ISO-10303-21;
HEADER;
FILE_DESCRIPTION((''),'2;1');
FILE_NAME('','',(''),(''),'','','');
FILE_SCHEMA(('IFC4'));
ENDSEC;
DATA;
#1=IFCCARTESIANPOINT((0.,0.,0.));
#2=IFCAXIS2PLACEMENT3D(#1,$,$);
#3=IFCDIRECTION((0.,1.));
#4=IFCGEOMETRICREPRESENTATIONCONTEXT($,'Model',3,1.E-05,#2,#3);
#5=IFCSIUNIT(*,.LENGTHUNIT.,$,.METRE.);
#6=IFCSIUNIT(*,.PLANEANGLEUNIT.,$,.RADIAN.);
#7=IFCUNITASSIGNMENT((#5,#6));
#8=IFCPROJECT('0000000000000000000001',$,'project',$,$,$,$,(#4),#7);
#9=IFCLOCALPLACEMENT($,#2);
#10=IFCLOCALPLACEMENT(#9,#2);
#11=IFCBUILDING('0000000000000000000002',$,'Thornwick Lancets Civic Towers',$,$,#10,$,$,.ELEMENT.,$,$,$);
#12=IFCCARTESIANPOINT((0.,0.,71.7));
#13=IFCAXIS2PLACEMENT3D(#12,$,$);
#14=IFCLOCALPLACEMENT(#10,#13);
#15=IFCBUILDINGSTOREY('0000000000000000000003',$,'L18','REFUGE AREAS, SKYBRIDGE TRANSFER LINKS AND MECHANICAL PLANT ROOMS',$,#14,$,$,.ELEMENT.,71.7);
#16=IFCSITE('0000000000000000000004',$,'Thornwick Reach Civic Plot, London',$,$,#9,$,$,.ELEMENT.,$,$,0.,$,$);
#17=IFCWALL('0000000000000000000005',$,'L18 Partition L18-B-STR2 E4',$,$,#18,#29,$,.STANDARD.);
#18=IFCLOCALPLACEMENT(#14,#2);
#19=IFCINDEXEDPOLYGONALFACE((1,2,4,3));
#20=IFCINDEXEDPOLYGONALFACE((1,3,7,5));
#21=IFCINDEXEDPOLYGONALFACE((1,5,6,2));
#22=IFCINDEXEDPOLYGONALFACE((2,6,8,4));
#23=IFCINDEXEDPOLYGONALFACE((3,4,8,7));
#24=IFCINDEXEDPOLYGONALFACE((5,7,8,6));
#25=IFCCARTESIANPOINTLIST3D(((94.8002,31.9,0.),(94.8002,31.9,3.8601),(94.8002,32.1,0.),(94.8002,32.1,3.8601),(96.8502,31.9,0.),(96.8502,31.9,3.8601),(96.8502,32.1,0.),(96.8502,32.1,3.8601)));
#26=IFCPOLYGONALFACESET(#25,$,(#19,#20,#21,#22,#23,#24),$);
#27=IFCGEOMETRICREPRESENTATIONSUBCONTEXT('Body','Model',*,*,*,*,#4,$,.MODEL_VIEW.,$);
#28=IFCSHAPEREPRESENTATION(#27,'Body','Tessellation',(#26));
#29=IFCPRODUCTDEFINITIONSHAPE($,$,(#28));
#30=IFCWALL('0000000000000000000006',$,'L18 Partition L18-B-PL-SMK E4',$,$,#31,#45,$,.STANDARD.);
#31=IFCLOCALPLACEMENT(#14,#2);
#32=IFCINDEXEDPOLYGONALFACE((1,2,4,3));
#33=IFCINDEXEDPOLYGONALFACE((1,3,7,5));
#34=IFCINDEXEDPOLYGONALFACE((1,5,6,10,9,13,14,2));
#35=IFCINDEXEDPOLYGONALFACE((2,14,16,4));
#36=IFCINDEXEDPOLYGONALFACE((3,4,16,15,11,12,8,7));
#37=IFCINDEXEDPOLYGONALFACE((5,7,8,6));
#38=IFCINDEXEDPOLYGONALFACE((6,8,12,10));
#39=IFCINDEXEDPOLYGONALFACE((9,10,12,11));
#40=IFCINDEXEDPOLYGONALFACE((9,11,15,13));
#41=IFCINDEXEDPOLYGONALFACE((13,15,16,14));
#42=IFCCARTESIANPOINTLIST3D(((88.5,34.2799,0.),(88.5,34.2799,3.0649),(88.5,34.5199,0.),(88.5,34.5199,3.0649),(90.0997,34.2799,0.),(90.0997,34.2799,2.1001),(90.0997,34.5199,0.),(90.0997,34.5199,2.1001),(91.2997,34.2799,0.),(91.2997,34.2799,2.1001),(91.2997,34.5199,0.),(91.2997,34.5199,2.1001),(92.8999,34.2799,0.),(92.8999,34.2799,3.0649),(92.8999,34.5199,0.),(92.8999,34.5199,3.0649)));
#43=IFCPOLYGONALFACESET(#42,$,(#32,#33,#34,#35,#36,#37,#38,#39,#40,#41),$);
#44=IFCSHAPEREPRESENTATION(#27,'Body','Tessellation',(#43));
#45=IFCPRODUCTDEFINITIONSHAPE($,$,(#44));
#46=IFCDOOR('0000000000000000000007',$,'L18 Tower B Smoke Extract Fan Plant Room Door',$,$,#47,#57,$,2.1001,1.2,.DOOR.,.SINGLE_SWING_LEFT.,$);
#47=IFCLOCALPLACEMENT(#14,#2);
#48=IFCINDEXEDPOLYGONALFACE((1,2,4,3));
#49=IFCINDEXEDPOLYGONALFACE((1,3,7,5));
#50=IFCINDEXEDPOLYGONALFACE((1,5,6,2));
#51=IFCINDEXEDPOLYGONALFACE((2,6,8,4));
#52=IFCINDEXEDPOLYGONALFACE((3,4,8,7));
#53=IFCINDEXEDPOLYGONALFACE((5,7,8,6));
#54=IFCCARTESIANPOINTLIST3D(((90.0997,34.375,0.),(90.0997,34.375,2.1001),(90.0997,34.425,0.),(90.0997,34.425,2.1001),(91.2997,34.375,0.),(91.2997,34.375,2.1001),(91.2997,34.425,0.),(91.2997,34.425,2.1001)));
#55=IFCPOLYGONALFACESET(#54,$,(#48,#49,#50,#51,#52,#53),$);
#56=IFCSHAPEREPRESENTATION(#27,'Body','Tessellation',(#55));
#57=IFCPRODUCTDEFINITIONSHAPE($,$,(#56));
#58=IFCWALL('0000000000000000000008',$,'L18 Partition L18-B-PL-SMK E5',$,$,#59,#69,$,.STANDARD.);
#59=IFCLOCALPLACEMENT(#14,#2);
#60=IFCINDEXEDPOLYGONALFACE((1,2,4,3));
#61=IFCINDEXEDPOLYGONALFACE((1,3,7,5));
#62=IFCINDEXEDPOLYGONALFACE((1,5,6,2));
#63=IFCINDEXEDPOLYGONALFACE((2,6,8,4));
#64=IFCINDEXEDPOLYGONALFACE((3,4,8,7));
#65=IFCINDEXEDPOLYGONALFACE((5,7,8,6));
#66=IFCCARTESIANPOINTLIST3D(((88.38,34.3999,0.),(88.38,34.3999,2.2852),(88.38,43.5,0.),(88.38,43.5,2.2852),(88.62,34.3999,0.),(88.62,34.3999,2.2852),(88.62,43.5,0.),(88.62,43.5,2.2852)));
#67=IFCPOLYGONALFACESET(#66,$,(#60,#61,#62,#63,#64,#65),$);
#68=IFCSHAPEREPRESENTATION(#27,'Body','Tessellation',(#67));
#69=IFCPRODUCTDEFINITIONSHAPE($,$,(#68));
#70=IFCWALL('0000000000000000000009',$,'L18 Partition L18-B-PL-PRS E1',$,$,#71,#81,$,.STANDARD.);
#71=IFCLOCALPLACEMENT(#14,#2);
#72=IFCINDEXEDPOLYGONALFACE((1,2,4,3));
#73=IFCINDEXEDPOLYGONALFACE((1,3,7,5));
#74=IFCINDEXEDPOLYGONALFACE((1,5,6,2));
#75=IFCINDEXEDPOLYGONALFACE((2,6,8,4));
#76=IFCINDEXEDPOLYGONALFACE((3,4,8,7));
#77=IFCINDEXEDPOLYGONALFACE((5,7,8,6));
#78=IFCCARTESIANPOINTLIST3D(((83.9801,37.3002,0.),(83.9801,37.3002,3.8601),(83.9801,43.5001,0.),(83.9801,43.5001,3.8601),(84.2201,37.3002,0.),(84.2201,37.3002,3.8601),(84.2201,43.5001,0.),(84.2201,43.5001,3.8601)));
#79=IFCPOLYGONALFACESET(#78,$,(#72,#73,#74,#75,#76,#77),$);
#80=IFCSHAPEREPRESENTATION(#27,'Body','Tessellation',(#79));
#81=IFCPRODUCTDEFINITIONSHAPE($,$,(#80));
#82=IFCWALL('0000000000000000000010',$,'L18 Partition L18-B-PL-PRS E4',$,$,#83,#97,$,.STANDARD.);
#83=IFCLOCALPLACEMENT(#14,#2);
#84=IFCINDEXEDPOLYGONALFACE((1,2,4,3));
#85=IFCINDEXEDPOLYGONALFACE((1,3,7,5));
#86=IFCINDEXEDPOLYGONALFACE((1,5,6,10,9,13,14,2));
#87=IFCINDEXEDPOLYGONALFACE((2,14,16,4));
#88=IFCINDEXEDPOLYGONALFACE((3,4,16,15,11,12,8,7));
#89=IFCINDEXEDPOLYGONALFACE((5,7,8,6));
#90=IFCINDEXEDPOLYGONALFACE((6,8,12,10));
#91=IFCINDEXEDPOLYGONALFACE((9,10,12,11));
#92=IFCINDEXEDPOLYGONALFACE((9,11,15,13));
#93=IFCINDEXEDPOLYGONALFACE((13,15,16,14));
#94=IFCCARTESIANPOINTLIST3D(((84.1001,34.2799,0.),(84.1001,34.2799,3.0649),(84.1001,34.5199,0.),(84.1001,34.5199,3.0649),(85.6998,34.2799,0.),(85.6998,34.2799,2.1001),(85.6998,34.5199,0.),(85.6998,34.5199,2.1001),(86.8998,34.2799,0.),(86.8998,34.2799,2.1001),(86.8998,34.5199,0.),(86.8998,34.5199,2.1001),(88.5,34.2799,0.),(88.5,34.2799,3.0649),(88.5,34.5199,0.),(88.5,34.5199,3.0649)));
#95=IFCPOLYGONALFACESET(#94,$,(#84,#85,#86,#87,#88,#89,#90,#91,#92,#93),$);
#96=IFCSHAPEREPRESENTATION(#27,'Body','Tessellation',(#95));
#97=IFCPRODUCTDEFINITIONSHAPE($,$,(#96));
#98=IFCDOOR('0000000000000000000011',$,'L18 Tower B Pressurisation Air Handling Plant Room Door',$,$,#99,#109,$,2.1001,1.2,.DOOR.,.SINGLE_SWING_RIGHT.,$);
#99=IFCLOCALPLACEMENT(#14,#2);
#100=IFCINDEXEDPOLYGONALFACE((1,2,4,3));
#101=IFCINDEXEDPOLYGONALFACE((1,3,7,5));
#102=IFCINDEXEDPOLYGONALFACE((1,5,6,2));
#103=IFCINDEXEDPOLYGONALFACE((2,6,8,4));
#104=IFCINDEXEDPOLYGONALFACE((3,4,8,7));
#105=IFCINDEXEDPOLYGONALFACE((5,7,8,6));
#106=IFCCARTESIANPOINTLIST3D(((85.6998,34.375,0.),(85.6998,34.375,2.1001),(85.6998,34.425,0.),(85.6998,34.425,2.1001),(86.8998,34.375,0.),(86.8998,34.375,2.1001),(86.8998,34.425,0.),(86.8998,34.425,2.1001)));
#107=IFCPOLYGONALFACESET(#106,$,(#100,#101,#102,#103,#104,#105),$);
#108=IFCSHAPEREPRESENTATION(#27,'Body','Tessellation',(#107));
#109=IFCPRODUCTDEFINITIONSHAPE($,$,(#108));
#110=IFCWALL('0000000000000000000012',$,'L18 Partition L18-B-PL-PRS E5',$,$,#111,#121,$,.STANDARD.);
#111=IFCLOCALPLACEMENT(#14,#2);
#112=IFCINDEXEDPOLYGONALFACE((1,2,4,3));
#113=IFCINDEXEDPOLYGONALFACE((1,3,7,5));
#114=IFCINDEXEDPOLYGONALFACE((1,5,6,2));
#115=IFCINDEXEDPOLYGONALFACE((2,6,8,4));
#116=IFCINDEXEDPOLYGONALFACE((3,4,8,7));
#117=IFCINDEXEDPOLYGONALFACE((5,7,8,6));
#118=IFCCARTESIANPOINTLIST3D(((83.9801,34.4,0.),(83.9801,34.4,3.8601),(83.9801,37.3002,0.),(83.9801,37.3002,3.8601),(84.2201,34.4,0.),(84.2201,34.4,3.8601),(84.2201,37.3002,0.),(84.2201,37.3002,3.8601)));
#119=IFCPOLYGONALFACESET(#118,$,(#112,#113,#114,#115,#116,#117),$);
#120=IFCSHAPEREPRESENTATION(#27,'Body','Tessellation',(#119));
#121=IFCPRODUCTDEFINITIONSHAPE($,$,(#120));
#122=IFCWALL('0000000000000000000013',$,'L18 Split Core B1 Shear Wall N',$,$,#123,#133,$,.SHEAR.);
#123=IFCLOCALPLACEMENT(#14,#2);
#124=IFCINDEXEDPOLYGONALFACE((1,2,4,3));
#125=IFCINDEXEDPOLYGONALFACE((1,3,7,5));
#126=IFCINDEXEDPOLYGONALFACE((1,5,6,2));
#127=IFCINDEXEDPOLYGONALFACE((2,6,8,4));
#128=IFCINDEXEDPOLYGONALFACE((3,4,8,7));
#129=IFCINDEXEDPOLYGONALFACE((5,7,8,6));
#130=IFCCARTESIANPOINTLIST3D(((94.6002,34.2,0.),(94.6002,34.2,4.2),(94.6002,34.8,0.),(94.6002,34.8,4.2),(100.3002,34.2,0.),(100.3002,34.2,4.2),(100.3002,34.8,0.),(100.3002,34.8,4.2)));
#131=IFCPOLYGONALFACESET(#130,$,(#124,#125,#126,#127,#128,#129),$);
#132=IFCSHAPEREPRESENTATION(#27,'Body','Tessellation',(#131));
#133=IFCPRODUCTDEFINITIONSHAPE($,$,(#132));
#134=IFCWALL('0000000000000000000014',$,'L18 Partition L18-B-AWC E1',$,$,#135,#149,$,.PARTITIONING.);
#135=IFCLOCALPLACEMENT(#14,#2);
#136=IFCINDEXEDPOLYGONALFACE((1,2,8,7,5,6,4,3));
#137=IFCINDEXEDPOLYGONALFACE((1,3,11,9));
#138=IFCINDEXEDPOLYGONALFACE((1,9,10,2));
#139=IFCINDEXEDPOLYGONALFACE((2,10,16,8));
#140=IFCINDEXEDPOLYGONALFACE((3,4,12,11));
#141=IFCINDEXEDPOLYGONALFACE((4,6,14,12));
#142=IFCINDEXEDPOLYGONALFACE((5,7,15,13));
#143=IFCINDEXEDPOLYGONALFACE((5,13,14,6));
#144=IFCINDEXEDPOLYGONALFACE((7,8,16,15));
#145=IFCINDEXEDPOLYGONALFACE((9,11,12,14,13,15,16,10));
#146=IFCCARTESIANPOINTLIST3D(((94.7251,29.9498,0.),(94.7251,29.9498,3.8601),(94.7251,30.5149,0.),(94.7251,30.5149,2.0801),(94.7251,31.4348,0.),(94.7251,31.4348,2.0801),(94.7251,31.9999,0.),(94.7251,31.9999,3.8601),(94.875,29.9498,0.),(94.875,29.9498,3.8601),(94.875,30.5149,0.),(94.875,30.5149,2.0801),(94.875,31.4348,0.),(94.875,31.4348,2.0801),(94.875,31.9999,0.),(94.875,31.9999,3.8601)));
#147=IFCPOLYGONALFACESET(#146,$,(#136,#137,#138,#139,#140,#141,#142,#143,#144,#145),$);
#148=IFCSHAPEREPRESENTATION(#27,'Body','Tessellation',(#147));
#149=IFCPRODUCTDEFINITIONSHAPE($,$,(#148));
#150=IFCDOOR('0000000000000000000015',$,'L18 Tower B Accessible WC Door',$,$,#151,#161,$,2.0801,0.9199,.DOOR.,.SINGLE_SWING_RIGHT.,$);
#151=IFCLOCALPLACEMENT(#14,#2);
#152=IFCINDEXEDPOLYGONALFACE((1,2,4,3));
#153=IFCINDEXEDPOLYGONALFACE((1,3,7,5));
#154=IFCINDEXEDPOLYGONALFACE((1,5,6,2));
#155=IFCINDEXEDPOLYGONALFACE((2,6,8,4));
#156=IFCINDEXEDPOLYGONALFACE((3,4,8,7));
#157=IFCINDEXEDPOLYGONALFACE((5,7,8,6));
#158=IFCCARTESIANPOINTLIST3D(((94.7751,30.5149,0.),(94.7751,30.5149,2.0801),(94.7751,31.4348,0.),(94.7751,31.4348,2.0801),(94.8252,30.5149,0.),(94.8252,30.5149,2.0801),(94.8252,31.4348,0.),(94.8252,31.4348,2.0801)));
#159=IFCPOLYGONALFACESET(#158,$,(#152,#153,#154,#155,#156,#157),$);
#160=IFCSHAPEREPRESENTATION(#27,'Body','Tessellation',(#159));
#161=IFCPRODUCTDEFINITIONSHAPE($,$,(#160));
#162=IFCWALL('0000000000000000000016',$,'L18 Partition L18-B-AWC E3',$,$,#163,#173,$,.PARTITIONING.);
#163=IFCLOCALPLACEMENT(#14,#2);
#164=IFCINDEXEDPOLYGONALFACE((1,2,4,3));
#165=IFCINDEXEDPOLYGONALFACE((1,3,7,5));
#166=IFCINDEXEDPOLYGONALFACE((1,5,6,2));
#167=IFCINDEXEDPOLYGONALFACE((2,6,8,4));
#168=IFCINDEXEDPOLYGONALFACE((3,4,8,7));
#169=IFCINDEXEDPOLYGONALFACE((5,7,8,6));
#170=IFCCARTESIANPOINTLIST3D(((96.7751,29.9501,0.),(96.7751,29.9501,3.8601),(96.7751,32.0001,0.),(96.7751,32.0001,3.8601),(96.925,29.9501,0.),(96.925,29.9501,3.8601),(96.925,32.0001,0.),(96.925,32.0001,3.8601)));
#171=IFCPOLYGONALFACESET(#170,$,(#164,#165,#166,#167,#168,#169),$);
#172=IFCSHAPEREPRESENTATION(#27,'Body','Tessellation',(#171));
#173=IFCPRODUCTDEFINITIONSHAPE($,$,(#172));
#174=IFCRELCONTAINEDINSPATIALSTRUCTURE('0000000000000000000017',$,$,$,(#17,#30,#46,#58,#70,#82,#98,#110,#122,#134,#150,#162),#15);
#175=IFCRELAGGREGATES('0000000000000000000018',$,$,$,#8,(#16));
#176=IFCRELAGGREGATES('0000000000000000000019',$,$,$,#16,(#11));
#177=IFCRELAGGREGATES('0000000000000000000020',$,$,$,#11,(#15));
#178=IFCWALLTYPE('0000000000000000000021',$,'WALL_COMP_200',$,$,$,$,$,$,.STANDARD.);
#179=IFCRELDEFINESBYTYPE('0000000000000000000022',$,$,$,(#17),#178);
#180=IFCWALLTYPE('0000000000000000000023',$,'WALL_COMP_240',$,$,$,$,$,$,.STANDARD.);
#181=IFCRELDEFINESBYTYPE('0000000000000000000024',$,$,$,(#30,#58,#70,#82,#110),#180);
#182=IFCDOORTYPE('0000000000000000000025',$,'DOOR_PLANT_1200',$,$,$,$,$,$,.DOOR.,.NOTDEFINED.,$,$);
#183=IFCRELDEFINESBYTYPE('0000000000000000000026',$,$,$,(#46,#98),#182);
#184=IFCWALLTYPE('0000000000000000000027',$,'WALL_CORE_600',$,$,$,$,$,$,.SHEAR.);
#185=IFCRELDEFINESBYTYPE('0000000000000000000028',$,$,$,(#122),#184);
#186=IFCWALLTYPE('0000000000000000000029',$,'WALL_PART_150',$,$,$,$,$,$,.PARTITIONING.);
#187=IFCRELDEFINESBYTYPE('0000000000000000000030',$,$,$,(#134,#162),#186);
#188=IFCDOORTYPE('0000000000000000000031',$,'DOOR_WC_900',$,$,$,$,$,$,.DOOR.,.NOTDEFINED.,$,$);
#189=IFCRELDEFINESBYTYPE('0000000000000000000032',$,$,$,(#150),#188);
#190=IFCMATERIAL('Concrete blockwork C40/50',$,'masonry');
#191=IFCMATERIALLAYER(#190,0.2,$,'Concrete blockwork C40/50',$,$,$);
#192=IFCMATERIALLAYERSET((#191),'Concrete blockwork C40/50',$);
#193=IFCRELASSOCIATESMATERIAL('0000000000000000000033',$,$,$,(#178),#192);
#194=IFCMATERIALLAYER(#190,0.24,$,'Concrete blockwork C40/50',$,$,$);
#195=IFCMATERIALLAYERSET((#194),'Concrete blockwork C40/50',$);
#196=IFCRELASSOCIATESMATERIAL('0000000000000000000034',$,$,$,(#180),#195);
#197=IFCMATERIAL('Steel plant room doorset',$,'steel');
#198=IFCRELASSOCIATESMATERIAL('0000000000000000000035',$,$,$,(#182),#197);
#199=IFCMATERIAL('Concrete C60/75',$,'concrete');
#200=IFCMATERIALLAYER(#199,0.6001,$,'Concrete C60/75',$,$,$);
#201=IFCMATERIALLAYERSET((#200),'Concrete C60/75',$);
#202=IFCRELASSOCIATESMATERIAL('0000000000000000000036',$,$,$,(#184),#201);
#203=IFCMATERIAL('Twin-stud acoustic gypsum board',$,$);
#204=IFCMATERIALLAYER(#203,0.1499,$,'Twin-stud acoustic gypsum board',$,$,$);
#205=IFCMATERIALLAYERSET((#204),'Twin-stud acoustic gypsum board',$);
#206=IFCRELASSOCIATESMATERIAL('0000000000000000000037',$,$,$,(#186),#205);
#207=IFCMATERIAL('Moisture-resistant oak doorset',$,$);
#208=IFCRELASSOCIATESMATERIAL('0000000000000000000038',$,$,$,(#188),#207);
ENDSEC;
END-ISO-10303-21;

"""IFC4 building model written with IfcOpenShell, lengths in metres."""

from ifc_helpers import new_model, si_unit, direction, frame, frame_2d, origin, place, context, subcontext, project, spatial, rectangle, extrude, material, layer, layer_set, type_object, element, fill, save


model = new_model("IFC4")

# Units and contexts
model_context = context("Model", 3, precision=1e-05, world=origin(), true_north=direction((0.0, 1.0)))
body_context = subcontext(model_context, "Body", "Model", "MODEL_VIEW")
ifc_project = project(units=[si_unit("LENGTHUNIT", "METRE"), si_unit("PLANEANGLEUNIT", "RADIAN")], contexts=[model_context])

# Site, building, storey
site_placement = place(None, origin())
site = spatial("IfcSite", under=ifc_project, at=site_placement, Name="Thornwick Reach Civic Plot, London", CompositionType="ELEMENT", RefElevation=0.0)
building_placement = place(site_placement, origin())
building = spatial("IfcBuilding", under=site, at=building_placement, Name="Thornwick Lancets Civic Towers", CompositionType="ELEMENT")
storey_placement = place(building_placement, frame((0.0, 0.0, 71.7)))
storey = spatial("IfcBuildingStorey", under=building, at=storey_placement, Name="L18", Description="REFUGE AREAS, SKYBRIDGE TRANSFER LINKS AND MECHANICAL PLANT ROOMS", CompositionType="ELEMENT", Elevation=71.7)

# Shared definitions
ifc_material_1 = material(Name="Concrete C60/75", Category="concrete")

# Shared definitions
ifc_material_2 = material(Name="Concrete blockwork C40/50", Category="masonry")
ifc_layer_1 = layer(ifc_material_2, 0.2, Name="Concrete blockwork C40/50")
ifc_layer_set_1 = layer_set([ifc_layer_1], Name="Concrete blockwork C40/50")
wall_type_1 = type_object("IfcWallType", Name="WALL_COMP_200", PredefinedType="STANDARD", material=ifc_layer_set_1)

# Wall
wall_1_placement = place(storey_placement, frame((96.8501, 32.0, 0.0), z_axis=(0.0, 0.0, 1.0), x_axis=(-1.0, 0.0, 0.0)))
element("IfcWall", 1, at=wall_1_placement, inside=storey, type_object=wall_type_1, Name="L18 Partition L18-B-STR2 E4", PredefinedType="STANDARD", context=body_context, shape_type="SweptSolid", body=[
    extrude(rectangle(XDim=2.05, YDim=0.2, at=frame_2d((1.0249, 0.0))), origin(), (0.0, 0.0, 1.0), 3.8601),
])

# Wall, opening, door
ifc_layer_2 = layer(ifc_material_2, 0.24, Name="Concrete blockwork C40/50")
ifc_layer_set_2 = layer_set([ifc_layer_2], Name="Concrete blockwork C40/50")
wall_type_2 = type_object("IfcWallType", Name="WALL_COMP_240", PredefinedType="STANDARD", material=ifc_layer_set_2)
wall_2_placement = place(storey_placement, frame((92.8999, 34.3999, 0.0), z_axis=(0.0, 0.0, 1.0), x_axis=(-1.0, 0.0, 0.0)))
wall_2 = element("IfcWall", 2, at=wall_2_placement, inside=storey, type_object=wall_type_2, Name="L18 Partition L18-B-PL-SMK E4", PredefinedType="STANDARD", context=body_context, shape_type="SweptSolid", body=[
    extrude(rectangle(XDim=4.3999, YDim=0.24, at=frame_2d((2.2, 0.0))), origin(), (0.0, 0.0, 1.0), 3.0649),
])
opening_1_placement = place(wall_2_placement, frame((1.6001, 0.0, 0.0)))
opening_1 = element("IfcOpeningElement", 3, at=opening_1_placement, cuts=wall_2, PredefinedType="OPENING", context=body_context, shape_type="SweptSolid", body=[
    extrude(rectangle(XDim=1.2, YDim=2.1001, at=frame_2d((0.6001, 1.05))), frame((0.0, 0.1299, 0.0), z_axis=(0.0, -1.0, 0.0), x_axis=(1.0, 0.0, 0.0)), (0.0, 0.0, 1.0), 0.26),
])
ifc_material_3 = material(Name="Steel plant room doorset", Category="steel")
door_type_1 = type_object("IfcDoorType", Name="DOOR_PLANT_1200", OperationType="NOTDEFINED", PredefinedType="DOOR", material=ifc_material_3)
door_1_placement = place(opening_1_placement, origin())
door_1 = element("IfcDoor", 4, at=door_1_placement, inside=storey, type_object=door_type_1, Name="L18 Tower B Smoke Extract Fan Plant Room Door", OperationType="SINGLE_SWING_LEFT", OverallHeight=2.1001, OverallWidth=1.2, PredefinedType="DOOR", context=body_context, shape_type="SweptSolid", body=[
    extrude(rectangle(XDim=1.2, YDim=2.1001, at=frame_2d((0.6001, 1.05))), frame((0.0, 0.0249, 0.0), z_axis=(0.0, -1.0, 0.0), x_axis=(1.0, 0.0, 0.0)), (0.0, 0.0, 1.0), 0.05),
])
fill(opening_1, door_1)

# Walls
wall_3_placement = place(storey_placement, frame((88.5, 34.3999, 0.0), z_axis=(0.0, 0.0, 1.0), x_axis=(0.0, 1.0, 0.0)))
element("IfcWall", 5, at=wall_3_placement, inside=storey, type_object=wall_type_2, Name="L18 Partition L18-B-PL-SMK E5", PredefinedType="STANDARD", context=body_context, shape_type="SweptSolid", body=[
    extrude(rectangle(XDim=9.1001, YDim=0.24, at=frame_2d((4.55, 0.0))), origin(), (0.0, 0.0, 1.0), 2.2852),
])
wall_4_placement = place(storey_placement, frame((84.1001, 37.3, 0.0), z_axis=(0.0, 0.0, 1.0), x_axis=(0.0, 1.0, 0.0)))
element("IfcWall", 6, at=wall_4_placement, inside=storey, type_object=wall_type_2, Name="L18 Partition L18-B-PL-PRS E1", PredefinedType="STANDARD", context=body_context, shape_type="SweptSolid", body=[
    extrude(rectangle(XDim=6.2, YDim=0.24, at=frame_2d((3.1001, 0.0))), origin(), (0.0, 0.0, 1.0), 3.8601),
])

# Wall, opening, door
wall_5_placement = place(storey_placement, frame((88.5, 34.3999, 0.0), z_axis=(0.0, 0.0, 1.0), x_axis=(-1.0, 0.0, 0.0)))
wall_5 = element("IfcWall", 7, at=wall_5_placement, inside=storey, type_object=wall_type_2, Name="L18 Partition L18-B-PL-PRS E4", PredefinedType="STANDARD", context=body_context, shape_type="SweptSolid", body=[
    extrude(rectangle(XDim=4.3999, YDim=0.24, at=frame_2d((2.2, 0.0))), origin(), (0.0, 0.0, 1.0), 3.0649),
])
opening_2_placement = place(wall_5_placement, frame((1.6001, 0.0, 0.0)))
opening_2 = element("IfcOpeningElement", 8, at=opening_2_placement, cuts=wall_5, PredefinedType="OPENING", context=body_context, shape_type="SweptSolid", body=[
    extrude(rectangle(XDim=1.2, YDim=2.1001, at=frame_2d((0.6001, 1.05))), frame((0.0, 0.1299, 0.0), z_axis=(0.0, -1.0, 0.0), x_axis=(1.0, 0.0, 0.0)), (0.0, 0.0, 1.0), 0.26),
])
door_2_placement = place(opening_2_placement, origin())
door_2 = element("IfcDoor", 9, at=door_2_placement, inside=storey, type_object=door_type_1, Name="L18 Tower B Pressurisation Air Handling Plant Room Door", OperationType="SINGLE_SWING_RIGHT", OverallHeight=2.1001, OverallWidth=1.2, PredefinedType="DOOR", context=body_context, shape_type="SweptSolid", body=[
    extrude(rectangle(XDim=1.2, YDim=2.1001, at=frame_2d((0.6001, 1.05))), frame((0.0, 0.0249, 0.0), z_axis=(0.0, -1.0, 0.0), x_axis=(1.0, 0.0, 0.0)), (0.0, 0.0, 1.0), 0.05),
])
fill(opening_2, door_2)

# Walls
wall_6_placement = place(storey_placement, frame((84.1001, 34.3999, 0.0), z_axis=(0.0, 0.0, 1.0), x_axis=(0.0, 1.0, 0.0)))
element("IfcWall", 10, at=wall_6_placement, inside=storey, type_object=wall_type_2, Name="L18 Partition L18-B-PL-PRS E5", PredefinedType="STANDARD", context=body_context, shape_type="SweptSolid", body=[
    extrude(rectangle(XDim=2.9001, YDim=0.24, at=frame_2d((1.4502, 0.0))), origin(), (0.0, 0.0, 1.0), 3.8601),
])
ifc_layer_3 = layer(ifc_material_1, 0.6001, Name="Concrete C60/75")
ifc_layer_set_3 = layer_set([ifc_layer_3], Name="Concrete C60/75")
wall_type_3 = type_object("IfcWallType", Name="WALL_CORE_600", PredefinedType="SHEAR", material=ifc_layer_set_3)
wall_7_placement = place(storey_placement, frame((94.6001, 34.5, 0.0), z_axis=(0.0, 0.0, 1.0), x_axis=(1.0, 0.0, 0.0)))
element("IfcWall", 11, at=wall_7_placement, inside=storey, type_object=wall_type_3, Name="L18 Split Core B1 Shear Wall N", PredefinedType="SHEAR", context=body_context, shape_type="SweptSolid", body=[
    extrude(rectangle(XDim=5.7, YDim=0.6001, at=frame_2d((2.8501, 0.0))), origin(), (0.0, 0.0, 1.0), 4.2),
])

# Wall, opening, door
ifc_material_4 = material(Name="Twin-stud acoustic gypsum board")
ifc_layer_4 = layer(ifc_material_4, 0.1499, Name="Twin-stud acoustic gypsum board")
ifc_layer_set_4 = layer_set([ifc_layer_4], Name="Twin-stud acoustic gypsum board")
wall_type_4 = type_object("IfcWallType", Name="WALL_PART_150", PredefinedType="PARTITIONING", material=ifc_layer_set_4)
wall_8_placement = place(storey_placement, frame((94.8, 29.95, 0.0), z_axis=(0.0, 0.0, 1.0), x_axis=(0.0, 1.0, 0.0)))
wall_8 = element("IfcWall", 12, at=wall_8_placement, inside=storey, type_object=wall_type_4, Name="L18 Partition L18-B-AWC E1", PredefinedType="PARTITIONING", context=body_context, shape_type="SweptSolid", body=[
    extrude(rectangle(XDim=2.05, YDim=0.1499, at=frame_2d((1.0249, 0.0))), origin(), (0.0, 0.0, 1.0), 3.8601),
])
opening_3_placement = place(wall_8_placement, frame((0.5649, 0.0, 0.0)))
opening_3 = element("IfcOpeningElement", 13, at=opening_3_placement, cuts=wall_8, PredefinedType="OPENING", context=body_context, shape_type="SweptSolid", body=[
    extrude(rectangle(XDim=0.9199, YDim=2.0801, at=frame_2d((0.46, 1.04))), frame((0.0, 0.085, 0.0), z_axis=(0.0, -1.0, 0.0), x_axis=(1.0, 0.0, 0.0)), (0.0, 0.0, 1.0), 0.1699),
])
ifc_material_5 = material(Name="Moisture-resistant oak doorset")
door_type_2 = type_object("IfcDoorType", Name="DOOR_WC_900", OperationType="NOTDEFINED", PredefinedType="DOOR", material=ifc_material_5)
door_3_placement = place(opening_3_placement, origin())
door_3 = element("IfcDoor", 14, at=door_3_placement, inside=storey, type_object=door_type_2, Name="L18 Tower B Accessible WC Door", OperationType="SINGLE_SWING_RIGHT", OverallHeight=2.0801, OverallWidth=0.9199, PredefinedType="DOOR", context=body_context, shape_type="SweptSolid", body=[
    extrude(rectangle(XDim=0.9199, YDim=2.0801, at=frame_2d((0.46, 1.04))), frame((0.0, 0.0249, 0.0), z_axis=(0.0, -1.0, 0.0), x_axis=(1.0, 0.0, 0.0)), (0.0, 0.0, 1.0), 0.05),
])
fill(opening_3, door_3)

# Wall
wall_9_placement = place(storey_placement, frame((96.8501, 32.0, 0.0), z_axis=(0.0, 0.0, 1.0), x_axis=(0.0, -1.0, 0.0)))
element("IfcWall", 15, at=wall_9_placement, inside=storey, type_object=wall_type_4, Name="L18 Partition L18-B-AWC E3", PredefinedType="PARTITIONING", context=body_context, shape_type="SweptSolid", body=[
    extrude(rectangle(XDim=2.05, YDim=0.1499, at=frame_2d((1.0249, 0.0))), origin(), (0.0, 0.0, 1.0), 3.8601),
])

save(model, "model.ifc")
